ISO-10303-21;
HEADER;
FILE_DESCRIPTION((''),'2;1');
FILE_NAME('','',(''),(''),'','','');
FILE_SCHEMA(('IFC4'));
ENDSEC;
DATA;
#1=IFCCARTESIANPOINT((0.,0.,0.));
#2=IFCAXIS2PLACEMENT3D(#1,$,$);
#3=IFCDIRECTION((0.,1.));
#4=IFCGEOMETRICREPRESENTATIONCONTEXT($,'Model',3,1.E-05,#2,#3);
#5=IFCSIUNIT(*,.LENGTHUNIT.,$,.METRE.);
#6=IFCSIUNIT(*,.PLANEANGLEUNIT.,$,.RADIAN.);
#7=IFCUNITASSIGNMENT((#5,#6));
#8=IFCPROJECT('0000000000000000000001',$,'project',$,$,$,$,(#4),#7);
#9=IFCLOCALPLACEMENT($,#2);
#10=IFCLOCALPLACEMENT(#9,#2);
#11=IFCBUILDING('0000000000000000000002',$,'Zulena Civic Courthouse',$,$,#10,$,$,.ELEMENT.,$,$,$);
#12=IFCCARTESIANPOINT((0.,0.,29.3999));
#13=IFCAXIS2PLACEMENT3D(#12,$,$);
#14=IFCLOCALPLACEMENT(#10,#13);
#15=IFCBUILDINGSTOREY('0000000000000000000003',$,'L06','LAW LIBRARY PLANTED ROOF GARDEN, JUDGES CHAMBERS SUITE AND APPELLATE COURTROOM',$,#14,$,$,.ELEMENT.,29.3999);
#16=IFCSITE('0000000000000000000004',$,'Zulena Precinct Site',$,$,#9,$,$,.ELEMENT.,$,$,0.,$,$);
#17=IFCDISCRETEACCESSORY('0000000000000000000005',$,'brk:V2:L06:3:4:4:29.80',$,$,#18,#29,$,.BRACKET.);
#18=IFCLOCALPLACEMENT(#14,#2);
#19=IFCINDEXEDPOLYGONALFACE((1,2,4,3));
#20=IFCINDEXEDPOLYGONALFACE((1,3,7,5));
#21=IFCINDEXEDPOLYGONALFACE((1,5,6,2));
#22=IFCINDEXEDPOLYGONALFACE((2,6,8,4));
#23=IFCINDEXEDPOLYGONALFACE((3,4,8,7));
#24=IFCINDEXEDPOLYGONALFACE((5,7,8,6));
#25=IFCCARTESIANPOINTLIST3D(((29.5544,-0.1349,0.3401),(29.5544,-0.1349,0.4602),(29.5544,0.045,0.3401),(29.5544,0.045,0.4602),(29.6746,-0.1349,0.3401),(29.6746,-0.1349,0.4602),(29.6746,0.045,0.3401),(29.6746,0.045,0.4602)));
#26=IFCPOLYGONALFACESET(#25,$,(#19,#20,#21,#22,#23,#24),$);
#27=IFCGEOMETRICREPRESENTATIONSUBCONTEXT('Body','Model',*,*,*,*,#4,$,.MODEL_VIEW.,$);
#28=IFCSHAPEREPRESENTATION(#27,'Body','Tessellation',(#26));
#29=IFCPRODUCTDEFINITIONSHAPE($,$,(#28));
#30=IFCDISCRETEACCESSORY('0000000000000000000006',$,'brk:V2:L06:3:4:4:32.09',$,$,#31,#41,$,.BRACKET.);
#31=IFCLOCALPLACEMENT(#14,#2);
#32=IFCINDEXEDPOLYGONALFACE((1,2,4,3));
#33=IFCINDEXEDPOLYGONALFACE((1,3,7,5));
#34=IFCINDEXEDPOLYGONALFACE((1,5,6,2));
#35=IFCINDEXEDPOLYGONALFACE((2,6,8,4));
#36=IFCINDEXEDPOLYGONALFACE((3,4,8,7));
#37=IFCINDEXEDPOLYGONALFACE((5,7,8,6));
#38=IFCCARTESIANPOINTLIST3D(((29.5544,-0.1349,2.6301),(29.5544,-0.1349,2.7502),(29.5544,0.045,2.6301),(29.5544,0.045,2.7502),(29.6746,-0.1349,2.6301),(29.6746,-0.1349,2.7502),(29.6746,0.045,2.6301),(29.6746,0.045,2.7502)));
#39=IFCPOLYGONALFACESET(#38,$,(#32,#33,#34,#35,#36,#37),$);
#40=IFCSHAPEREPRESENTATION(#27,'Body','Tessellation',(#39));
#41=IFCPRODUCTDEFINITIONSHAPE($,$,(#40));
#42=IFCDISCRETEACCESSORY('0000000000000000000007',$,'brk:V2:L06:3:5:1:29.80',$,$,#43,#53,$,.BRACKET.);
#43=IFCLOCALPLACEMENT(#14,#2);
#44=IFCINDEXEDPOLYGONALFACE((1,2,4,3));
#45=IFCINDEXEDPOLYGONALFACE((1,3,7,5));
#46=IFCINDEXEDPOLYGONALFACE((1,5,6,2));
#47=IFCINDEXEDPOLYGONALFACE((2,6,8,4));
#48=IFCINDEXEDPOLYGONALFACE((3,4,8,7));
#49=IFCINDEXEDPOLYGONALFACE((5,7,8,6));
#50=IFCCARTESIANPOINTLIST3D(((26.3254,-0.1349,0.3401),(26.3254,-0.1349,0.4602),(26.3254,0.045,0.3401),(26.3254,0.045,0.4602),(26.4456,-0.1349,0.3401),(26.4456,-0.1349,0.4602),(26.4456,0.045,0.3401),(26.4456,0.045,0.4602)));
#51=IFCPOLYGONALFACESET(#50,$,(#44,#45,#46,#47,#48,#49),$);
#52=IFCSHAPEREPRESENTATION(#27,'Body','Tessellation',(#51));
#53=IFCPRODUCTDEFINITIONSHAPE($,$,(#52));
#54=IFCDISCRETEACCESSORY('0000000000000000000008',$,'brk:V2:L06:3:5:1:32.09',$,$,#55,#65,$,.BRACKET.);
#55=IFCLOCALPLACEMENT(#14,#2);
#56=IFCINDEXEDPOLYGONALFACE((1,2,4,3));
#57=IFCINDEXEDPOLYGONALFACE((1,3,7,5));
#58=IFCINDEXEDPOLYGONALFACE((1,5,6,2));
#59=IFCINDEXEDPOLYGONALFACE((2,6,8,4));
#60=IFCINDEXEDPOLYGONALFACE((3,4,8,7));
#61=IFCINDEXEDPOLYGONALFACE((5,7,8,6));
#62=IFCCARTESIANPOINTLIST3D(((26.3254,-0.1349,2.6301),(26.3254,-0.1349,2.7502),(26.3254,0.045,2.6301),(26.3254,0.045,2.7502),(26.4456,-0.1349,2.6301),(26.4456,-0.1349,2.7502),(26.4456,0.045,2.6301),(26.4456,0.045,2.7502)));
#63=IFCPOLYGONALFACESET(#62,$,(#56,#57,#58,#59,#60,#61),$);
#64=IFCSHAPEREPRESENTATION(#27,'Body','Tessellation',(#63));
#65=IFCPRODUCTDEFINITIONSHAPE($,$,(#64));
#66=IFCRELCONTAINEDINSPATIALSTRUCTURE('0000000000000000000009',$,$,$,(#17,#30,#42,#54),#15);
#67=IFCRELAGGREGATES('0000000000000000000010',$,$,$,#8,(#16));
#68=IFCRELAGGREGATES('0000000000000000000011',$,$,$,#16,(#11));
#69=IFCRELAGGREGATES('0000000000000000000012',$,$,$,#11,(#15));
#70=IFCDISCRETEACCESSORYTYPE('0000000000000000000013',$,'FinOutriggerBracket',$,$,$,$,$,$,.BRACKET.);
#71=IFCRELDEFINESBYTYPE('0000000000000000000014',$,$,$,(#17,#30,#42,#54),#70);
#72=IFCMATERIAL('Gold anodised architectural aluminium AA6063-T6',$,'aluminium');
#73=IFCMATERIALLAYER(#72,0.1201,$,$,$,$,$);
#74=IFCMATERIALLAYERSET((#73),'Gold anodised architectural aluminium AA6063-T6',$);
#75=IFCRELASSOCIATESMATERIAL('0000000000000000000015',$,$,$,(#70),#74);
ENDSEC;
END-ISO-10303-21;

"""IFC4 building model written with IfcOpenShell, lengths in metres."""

from ifc_helpers import new_model, si_unit, direction, frame, origin, origin_2d, place, context, subcontext, project, spatial, rectangle, extrude, material, layer, layer_set, type_object, element, save


model = new_model("IFC4")

# Units and contexts
model_context = context("Model", 3, precision=1e-05, world=origin(), true_north=direction((0.0, 1.0)))
body_context = subcontext(model_context, "Body", "Model", "MODEL_VIEW")
ifc_project = project(units=[si_unit("LENGTHUNIT", "METRE"), si_unit("PLANEANGLEUNIT", "RADIAN")], contexts=[model_context])

# Site, building, storey
site_placement = place(None, origin())
site = spatial("IfcSite", under=ifc_project, at=site_placement, Name="Zulena Precinct Site", CompositionType="ELEMENT", RefElevation=0.0)
building_placement = place(site_placement, origin())
building = spatial("IfcBuilding", under=site, at=building_placement, Name="Zulena Civic Courthouse", CompositionType="ELEMENT")
storey_placement = place(building_placement, frame((0.0, 0.0, 29.3999)))
storey = spatial("IfcBuildingStorey", under=building, at=storey_placement, Name="L06", Description="LAW LIBRARY PLANTED ROOF GARDEN, JUDGES CHAMBERS SUITE AND APPELLATE COURTROOM", CompositionType="ELEMENT", Elevation=29.3999)

# Shared definitions
ifc_material_1 = material(Name="Gold anodised architectural aluminium AA6063-T6", Category="aluminium")

# Discrete accessories
ifc_layer_1 = layer(ifc_material_1, 0.1201)
ifc_layer_set_1 = layer_set([ifc_layer_1], Name="Gold anodised architectural aluminium AA6063-T6")
discrete_accessory_type = type_object("IfcDiscreteAccessoryType", Name="FinOutriggerBracket", PredefinedType="BRACKET", material=ifc_layer_set_1)
for number, where, z_axis, x_axis, name in (
    (1, (29.6145, -0.0449, 0.3401), (0.0, 0.0, 1.0), (0.0, -1.0, 0.0), "brk:V2:L06:3:4:4:29.80"),
    (2, (29.6145, -0.0449, 2.6301), (0.0, 0.0, 1.0), (0.0, -1.0, 0.0), "brk:V2:L06:3:4:4:32.09"),
    (3, (26.3855, -0.0449, 0.3401), (0.0, 0.0, 1.0), (0.0, -1.0, 0.0), "brk:V2:L06:3:5:1:29.80"),
    (4, (26.3855, -0.0449, 2.6301), (0.0, 0.0, 1.0), (0.0, -1.0, 0.0), "brk:V2:L06:3:5:1:32.09"),
):
    element("IfcDiscreteAccessory", number, at=place(storey_placement, frame(where, z_axis=z_axis, x_axis=x_axis)), inside=storey, type_object=discrete_accessory_type, Name=name, PredefinedType="BRACKET", context=body_context, shape_type="SweptSolid", body=[
        extrude(rectangle(XDim=0.1799, YDim=0.1201, at=origin_2d()), origin(), (0.0, 0.0, 1.0), 0.1201),
    ])

save(model, "model.ifc")
